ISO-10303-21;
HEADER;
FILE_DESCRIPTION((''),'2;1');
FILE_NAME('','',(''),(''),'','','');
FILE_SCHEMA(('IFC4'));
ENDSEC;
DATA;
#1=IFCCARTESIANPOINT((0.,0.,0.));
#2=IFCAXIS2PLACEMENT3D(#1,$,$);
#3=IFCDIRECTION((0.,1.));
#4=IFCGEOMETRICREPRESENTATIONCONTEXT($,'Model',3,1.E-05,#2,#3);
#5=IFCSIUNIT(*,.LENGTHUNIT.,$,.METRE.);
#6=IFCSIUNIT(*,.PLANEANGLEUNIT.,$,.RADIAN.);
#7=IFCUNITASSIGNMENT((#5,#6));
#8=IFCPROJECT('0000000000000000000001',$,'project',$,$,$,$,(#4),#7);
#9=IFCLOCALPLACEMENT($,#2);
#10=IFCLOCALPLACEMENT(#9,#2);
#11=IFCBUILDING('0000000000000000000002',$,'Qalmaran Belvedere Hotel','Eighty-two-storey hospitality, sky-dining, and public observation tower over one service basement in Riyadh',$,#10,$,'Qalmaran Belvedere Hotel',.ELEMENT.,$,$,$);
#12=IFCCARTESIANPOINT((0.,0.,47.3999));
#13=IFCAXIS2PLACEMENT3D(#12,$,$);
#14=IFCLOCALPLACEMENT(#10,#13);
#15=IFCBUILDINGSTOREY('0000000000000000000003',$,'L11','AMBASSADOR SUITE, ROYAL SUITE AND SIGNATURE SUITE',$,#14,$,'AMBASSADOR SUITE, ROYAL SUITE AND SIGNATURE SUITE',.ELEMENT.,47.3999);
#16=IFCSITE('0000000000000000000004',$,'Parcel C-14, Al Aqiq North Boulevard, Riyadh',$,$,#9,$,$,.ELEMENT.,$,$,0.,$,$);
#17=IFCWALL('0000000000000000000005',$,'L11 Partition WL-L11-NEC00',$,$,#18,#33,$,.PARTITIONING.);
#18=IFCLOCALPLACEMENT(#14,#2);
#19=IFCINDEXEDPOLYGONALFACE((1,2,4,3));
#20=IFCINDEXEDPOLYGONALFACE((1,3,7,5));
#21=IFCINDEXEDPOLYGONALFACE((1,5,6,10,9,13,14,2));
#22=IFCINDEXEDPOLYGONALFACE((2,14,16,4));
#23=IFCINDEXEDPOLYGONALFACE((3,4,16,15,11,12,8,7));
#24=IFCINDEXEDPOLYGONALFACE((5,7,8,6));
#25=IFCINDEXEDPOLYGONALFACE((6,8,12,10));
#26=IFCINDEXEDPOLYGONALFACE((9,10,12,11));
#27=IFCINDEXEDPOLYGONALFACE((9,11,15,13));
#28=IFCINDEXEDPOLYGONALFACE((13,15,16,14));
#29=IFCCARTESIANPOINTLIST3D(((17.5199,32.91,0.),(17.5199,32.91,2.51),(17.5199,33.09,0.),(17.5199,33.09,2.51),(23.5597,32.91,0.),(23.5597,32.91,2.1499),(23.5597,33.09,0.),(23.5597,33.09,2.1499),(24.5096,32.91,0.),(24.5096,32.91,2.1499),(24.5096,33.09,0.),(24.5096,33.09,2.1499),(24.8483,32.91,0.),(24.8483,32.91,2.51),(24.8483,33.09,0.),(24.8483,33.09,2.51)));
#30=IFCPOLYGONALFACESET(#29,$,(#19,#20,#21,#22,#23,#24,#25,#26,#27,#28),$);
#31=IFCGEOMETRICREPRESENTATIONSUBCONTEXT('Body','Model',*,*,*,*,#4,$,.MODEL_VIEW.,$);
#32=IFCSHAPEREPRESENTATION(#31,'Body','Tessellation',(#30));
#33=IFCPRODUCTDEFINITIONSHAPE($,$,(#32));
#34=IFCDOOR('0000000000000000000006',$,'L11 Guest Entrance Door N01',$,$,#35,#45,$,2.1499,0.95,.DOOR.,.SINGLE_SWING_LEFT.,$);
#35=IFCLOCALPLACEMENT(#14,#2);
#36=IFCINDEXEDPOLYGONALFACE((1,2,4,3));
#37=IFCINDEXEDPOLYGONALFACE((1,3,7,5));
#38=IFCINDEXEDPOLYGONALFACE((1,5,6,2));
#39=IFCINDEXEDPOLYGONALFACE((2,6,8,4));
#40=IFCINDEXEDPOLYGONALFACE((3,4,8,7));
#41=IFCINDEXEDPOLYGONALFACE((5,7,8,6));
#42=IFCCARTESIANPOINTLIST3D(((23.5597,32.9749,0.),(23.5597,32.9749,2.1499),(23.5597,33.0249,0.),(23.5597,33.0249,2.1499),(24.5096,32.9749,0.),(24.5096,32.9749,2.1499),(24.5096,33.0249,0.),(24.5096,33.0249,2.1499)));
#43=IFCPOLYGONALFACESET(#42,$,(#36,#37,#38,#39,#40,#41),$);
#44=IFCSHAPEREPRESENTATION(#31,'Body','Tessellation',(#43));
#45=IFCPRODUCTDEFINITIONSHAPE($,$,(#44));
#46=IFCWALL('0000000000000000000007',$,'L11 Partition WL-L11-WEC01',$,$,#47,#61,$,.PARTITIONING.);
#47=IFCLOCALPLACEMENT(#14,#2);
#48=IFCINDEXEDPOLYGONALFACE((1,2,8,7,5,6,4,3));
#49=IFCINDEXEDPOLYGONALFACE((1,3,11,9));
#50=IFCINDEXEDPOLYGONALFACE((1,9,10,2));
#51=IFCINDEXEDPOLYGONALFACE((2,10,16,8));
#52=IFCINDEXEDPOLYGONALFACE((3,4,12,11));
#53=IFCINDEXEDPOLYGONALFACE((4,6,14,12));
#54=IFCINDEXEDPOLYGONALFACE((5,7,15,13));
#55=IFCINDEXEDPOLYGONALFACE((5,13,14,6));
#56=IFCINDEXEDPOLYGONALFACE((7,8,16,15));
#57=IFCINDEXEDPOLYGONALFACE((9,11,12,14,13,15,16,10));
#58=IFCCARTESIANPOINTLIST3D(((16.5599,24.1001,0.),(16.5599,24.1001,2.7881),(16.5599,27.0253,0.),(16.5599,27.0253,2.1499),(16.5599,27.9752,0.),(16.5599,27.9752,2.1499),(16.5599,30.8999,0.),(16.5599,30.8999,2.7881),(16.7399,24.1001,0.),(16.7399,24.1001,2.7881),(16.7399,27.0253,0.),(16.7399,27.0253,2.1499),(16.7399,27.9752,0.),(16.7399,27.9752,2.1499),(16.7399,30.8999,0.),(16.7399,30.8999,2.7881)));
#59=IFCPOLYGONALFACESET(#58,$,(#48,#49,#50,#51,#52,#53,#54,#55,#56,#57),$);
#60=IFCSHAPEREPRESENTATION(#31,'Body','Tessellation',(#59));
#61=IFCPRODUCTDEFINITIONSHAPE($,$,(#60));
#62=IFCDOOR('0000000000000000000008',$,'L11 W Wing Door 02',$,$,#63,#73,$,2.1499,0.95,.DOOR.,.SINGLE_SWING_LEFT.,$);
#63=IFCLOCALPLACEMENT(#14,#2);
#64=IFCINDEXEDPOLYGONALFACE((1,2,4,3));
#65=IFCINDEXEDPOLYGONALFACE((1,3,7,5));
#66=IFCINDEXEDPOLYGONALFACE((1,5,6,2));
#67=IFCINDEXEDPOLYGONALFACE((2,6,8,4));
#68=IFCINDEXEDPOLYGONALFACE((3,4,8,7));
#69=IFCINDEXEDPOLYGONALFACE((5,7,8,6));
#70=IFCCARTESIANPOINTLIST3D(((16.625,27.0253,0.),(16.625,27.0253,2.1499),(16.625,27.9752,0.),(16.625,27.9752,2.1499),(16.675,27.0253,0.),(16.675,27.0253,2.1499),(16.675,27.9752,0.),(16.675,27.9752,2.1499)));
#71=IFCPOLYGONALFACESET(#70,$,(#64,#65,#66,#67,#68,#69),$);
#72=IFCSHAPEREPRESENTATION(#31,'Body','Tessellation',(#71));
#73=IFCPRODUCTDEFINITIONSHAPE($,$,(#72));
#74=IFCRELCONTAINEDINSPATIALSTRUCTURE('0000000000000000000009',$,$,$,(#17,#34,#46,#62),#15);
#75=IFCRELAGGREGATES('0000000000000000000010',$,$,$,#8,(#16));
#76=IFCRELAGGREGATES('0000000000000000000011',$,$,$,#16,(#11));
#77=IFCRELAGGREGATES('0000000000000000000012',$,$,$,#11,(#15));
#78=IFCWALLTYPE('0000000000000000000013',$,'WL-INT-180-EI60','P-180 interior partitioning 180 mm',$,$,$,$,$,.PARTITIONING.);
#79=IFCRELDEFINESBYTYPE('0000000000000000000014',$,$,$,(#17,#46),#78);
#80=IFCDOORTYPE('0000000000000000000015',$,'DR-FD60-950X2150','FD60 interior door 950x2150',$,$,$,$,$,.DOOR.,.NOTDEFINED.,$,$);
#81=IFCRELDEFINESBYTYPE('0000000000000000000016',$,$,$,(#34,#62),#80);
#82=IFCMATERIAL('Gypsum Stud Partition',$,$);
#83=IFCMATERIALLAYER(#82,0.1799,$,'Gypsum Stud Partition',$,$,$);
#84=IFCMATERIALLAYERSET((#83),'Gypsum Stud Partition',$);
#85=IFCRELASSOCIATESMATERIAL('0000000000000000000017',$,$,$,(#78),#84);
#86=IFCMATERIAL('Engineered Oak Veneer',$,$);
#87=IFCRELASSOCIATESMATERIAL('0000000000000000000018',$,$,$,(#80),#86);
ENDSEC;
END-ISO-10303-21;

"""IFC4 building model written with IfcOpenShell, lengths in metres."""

from ifc_helpers import new_model, si_unit, direction, frame, frame_2d, origin, place, context, subcontext, project, spatial, rectangle, extrude, material, layer, layer_set, type_object, element, fill, save


model = new_model("IFC4")

# Units and contexts
model_context = context("Model", 3, precision=1e-05, world=origin(), true_north=direction((0.0, 1.0)))
body_context = subcontext(model_context, "Body", "Model", "MODEL_VIEW")
ifc_project = project(units=[si_unit("LENGTHUNIT", "METRE"), si_unit("PLANEANGLEUNIT", "RADIAN")], contexts=[model_context])

# Site, building, storey
site_placement = place(None, origin())
site = spatial("IfcSite", under=ifc_project, at=site_placement, Name="Parcel C-14, Al Aqiq North Boulevard, Riyadh", CompositionType="ELEMENT", RefElevation=0.0)
building_placement = place(site_placement, origin())
building = spatial("IfcBuilding", under=site, at=building_placement, Name="Qalmaran Belvedere Hotel", Description="Eighty-two-storey hospitality, sky-dining, and public observation tower over one service basement in Riyadh", LongName="Qalmaran Belvedere Hotel", CompositionType="ELEMENT")
storey_placement = place(building_placement, frame((0.0, 0.0, 47.3999)))
storey = spatial("IfcBuildingStorey", under=building, at=storey_placement, Name="L11", Description="AMBASSADOR SUITE, ROYAL SUITE AND SIGNATURE SUITE", LongName="AMBASSADOR SUITE, ROYAL SUITE AND SIGNATURE SUITE", CompositionType="ELEMENT", Elevation=47.3999)

# Shared definitions
ifc_material_1 = material(Name="Gypsum Stud Partition")

# Shared definitions
ifc_layer_1 = layer(ifc_material_1, 0.1799, Name="Gypsum Stud Partition")
ifc_layer_set_1 = layer_set([ifc_layer_1], Name="Gypsum Stud Partition")
wall_type_1 = type_object("IfcWallType", Name="WL-INT-180-EI60", Description="P-180 interior partitioning 180 mm", PredefinedType="PARTITIONING", material=ifc_layer_set_1)
ifc_material_2 = material(Name="Engineered Oak Veneer")
door_type_1 = type_object("IfcDoorType", Name="DR-FD60-950X2150", Description="FD60 interior door 950x2150", OperationType="NOTDEFINED", PredefinedType="DOOR", material=ifc_material_2)

# Walls, openings, doors
wall_1_placement = place(storey_placement, frame((17.52, 33.0, 0.0), z_axis=(0.0, 0.0, 1.0), x_axis=(1.0, 0.0, 0.0)))
wall_1 = element("IfcWall", 1, at=wall_1_placement, inside=storey, type_object=wall_type_1, Name="L11 Partition WL-L11-NEC00", PredefinedType="PARTITIONING", context=body_context, shape_type="SweptSolid", body=[
    extrude(rectangle(XDim=7.3284, YDim=0.1799, at=frame_2d((3.6641, 0.0))), origin(), (0.0, 0.0, 1.0), 2.51),
])
opening_1_placement = place(wall_1_placement, frame((6.0396, 0.0, 0.0)))
opening_1 = element("IfcOpeningElement", 2, at=opening_1_placement, cuts=wall_1, PredefinedType="OPENING", context=body_context, shape_type="SweptSolid", body=[
    extrude(rectangle(XDim=0.95, YDim=2.1499, at=frame_2d((0.4751, 1.075))), frame((0.0, 0.1001, 0.0), z_axis=(0.0, -1.0, 0.0), x_axis=(1.0, 0.0, 0.0)), (0.0, 0.0, 1.0), 0.2),
])
door_1_placement = place(opening_1_placement, origin())
door_1 = element("IfcDoor", 3, at=door_1_placement, inside=storey, type_object=door_type_1, Name="L11 Guest Entrance Door N01", OperationType="SINGLE_SWING_LEFT", OverallHeight=2.1499, OverallWidth=0.95, PredefinedType="DOOR", context=body_context, shape_type="SweptSolid", body=[
    extrude(rectangle(XDim=0.95, YDim=2.1499, at=frame_2d((0.4751, 1.075))), frame((0.0, 0.0249, 0.0), z_axis=(0.0, -1.0, 0.0), x_axis=(1.0, 0.0, 0.0)), (0.0, 0.0, 1.0), 0.05),
])
fill(opening_1, door_1)
wall_2_placement = place(storey_placement, frame((16.6499, 24.1001, 0.0), z_axis=(0.0, 0.0, 1.0), x_axis=(0.0, 1.0, 0.0)))
wall_2 = element("IfcWall", 4, at=wall_2_placement, inside=storey, type_object=wall_type_1, Name="L11 Partition WL-L11-WEC01", PredefinedType="PARTITIONING", context=body_context, shape_type="SweptSolid", body=[
    extrude(rectangle(XDim=6.7998, YDim=0.1799, at=frame_2d((3.3999, 0.0))), origin(), (0.0, 0.0, 1.0), 2.7881),
])
opening_2_placement = place(wall_2_placement, frame((2.925, 0.0, 0.0)))
opening_2 = element("IfcOpeningElement", 5, at=opening_2_placement, cuts=wall_2, PredefinedType="OPENING", context=body_context, shape_type="SweptSolid", body=[
    extrude(rectangle(XDim=0.95, YDim=2.1499, at=frame_2d((0.4751, 1.075))), frame((0.0, 0.1001, 0.0), z_axis=(0.0, -1.0, 0.0), x_axis=(1.0, 0.0, 0.0)), (0.0, 0.0, 1.0), 0.2),
])
door_2_placement = place(opening_2_placement, origin())
door_2 = element("IfcDoor", 6, at=door_2_placement, inside=storey, type_object=door_type_1, Name="L11 W Wing Door 02", OperationType="SINGLE_SWING_LEFT", OverallHeight=2.1499, OverallWidth=0.95, PredefinedType="DOOR", context=body_context, shape_type="SweptSolid", body=[
    extrude(rectangle(XDim=0.95, YDim=2.1499, at=frame_2d((0.4751, 1.075))), frame((0.0, 0.0249, 0.0), z_axis=(0.0, -1.0, 0.0), x_axis=(1.0, 0.0, 0.0)), (0.0, 0.0, 1.0), 0.05),
])
fill(opening_2, door_2)

save(model, "model.ifc")
